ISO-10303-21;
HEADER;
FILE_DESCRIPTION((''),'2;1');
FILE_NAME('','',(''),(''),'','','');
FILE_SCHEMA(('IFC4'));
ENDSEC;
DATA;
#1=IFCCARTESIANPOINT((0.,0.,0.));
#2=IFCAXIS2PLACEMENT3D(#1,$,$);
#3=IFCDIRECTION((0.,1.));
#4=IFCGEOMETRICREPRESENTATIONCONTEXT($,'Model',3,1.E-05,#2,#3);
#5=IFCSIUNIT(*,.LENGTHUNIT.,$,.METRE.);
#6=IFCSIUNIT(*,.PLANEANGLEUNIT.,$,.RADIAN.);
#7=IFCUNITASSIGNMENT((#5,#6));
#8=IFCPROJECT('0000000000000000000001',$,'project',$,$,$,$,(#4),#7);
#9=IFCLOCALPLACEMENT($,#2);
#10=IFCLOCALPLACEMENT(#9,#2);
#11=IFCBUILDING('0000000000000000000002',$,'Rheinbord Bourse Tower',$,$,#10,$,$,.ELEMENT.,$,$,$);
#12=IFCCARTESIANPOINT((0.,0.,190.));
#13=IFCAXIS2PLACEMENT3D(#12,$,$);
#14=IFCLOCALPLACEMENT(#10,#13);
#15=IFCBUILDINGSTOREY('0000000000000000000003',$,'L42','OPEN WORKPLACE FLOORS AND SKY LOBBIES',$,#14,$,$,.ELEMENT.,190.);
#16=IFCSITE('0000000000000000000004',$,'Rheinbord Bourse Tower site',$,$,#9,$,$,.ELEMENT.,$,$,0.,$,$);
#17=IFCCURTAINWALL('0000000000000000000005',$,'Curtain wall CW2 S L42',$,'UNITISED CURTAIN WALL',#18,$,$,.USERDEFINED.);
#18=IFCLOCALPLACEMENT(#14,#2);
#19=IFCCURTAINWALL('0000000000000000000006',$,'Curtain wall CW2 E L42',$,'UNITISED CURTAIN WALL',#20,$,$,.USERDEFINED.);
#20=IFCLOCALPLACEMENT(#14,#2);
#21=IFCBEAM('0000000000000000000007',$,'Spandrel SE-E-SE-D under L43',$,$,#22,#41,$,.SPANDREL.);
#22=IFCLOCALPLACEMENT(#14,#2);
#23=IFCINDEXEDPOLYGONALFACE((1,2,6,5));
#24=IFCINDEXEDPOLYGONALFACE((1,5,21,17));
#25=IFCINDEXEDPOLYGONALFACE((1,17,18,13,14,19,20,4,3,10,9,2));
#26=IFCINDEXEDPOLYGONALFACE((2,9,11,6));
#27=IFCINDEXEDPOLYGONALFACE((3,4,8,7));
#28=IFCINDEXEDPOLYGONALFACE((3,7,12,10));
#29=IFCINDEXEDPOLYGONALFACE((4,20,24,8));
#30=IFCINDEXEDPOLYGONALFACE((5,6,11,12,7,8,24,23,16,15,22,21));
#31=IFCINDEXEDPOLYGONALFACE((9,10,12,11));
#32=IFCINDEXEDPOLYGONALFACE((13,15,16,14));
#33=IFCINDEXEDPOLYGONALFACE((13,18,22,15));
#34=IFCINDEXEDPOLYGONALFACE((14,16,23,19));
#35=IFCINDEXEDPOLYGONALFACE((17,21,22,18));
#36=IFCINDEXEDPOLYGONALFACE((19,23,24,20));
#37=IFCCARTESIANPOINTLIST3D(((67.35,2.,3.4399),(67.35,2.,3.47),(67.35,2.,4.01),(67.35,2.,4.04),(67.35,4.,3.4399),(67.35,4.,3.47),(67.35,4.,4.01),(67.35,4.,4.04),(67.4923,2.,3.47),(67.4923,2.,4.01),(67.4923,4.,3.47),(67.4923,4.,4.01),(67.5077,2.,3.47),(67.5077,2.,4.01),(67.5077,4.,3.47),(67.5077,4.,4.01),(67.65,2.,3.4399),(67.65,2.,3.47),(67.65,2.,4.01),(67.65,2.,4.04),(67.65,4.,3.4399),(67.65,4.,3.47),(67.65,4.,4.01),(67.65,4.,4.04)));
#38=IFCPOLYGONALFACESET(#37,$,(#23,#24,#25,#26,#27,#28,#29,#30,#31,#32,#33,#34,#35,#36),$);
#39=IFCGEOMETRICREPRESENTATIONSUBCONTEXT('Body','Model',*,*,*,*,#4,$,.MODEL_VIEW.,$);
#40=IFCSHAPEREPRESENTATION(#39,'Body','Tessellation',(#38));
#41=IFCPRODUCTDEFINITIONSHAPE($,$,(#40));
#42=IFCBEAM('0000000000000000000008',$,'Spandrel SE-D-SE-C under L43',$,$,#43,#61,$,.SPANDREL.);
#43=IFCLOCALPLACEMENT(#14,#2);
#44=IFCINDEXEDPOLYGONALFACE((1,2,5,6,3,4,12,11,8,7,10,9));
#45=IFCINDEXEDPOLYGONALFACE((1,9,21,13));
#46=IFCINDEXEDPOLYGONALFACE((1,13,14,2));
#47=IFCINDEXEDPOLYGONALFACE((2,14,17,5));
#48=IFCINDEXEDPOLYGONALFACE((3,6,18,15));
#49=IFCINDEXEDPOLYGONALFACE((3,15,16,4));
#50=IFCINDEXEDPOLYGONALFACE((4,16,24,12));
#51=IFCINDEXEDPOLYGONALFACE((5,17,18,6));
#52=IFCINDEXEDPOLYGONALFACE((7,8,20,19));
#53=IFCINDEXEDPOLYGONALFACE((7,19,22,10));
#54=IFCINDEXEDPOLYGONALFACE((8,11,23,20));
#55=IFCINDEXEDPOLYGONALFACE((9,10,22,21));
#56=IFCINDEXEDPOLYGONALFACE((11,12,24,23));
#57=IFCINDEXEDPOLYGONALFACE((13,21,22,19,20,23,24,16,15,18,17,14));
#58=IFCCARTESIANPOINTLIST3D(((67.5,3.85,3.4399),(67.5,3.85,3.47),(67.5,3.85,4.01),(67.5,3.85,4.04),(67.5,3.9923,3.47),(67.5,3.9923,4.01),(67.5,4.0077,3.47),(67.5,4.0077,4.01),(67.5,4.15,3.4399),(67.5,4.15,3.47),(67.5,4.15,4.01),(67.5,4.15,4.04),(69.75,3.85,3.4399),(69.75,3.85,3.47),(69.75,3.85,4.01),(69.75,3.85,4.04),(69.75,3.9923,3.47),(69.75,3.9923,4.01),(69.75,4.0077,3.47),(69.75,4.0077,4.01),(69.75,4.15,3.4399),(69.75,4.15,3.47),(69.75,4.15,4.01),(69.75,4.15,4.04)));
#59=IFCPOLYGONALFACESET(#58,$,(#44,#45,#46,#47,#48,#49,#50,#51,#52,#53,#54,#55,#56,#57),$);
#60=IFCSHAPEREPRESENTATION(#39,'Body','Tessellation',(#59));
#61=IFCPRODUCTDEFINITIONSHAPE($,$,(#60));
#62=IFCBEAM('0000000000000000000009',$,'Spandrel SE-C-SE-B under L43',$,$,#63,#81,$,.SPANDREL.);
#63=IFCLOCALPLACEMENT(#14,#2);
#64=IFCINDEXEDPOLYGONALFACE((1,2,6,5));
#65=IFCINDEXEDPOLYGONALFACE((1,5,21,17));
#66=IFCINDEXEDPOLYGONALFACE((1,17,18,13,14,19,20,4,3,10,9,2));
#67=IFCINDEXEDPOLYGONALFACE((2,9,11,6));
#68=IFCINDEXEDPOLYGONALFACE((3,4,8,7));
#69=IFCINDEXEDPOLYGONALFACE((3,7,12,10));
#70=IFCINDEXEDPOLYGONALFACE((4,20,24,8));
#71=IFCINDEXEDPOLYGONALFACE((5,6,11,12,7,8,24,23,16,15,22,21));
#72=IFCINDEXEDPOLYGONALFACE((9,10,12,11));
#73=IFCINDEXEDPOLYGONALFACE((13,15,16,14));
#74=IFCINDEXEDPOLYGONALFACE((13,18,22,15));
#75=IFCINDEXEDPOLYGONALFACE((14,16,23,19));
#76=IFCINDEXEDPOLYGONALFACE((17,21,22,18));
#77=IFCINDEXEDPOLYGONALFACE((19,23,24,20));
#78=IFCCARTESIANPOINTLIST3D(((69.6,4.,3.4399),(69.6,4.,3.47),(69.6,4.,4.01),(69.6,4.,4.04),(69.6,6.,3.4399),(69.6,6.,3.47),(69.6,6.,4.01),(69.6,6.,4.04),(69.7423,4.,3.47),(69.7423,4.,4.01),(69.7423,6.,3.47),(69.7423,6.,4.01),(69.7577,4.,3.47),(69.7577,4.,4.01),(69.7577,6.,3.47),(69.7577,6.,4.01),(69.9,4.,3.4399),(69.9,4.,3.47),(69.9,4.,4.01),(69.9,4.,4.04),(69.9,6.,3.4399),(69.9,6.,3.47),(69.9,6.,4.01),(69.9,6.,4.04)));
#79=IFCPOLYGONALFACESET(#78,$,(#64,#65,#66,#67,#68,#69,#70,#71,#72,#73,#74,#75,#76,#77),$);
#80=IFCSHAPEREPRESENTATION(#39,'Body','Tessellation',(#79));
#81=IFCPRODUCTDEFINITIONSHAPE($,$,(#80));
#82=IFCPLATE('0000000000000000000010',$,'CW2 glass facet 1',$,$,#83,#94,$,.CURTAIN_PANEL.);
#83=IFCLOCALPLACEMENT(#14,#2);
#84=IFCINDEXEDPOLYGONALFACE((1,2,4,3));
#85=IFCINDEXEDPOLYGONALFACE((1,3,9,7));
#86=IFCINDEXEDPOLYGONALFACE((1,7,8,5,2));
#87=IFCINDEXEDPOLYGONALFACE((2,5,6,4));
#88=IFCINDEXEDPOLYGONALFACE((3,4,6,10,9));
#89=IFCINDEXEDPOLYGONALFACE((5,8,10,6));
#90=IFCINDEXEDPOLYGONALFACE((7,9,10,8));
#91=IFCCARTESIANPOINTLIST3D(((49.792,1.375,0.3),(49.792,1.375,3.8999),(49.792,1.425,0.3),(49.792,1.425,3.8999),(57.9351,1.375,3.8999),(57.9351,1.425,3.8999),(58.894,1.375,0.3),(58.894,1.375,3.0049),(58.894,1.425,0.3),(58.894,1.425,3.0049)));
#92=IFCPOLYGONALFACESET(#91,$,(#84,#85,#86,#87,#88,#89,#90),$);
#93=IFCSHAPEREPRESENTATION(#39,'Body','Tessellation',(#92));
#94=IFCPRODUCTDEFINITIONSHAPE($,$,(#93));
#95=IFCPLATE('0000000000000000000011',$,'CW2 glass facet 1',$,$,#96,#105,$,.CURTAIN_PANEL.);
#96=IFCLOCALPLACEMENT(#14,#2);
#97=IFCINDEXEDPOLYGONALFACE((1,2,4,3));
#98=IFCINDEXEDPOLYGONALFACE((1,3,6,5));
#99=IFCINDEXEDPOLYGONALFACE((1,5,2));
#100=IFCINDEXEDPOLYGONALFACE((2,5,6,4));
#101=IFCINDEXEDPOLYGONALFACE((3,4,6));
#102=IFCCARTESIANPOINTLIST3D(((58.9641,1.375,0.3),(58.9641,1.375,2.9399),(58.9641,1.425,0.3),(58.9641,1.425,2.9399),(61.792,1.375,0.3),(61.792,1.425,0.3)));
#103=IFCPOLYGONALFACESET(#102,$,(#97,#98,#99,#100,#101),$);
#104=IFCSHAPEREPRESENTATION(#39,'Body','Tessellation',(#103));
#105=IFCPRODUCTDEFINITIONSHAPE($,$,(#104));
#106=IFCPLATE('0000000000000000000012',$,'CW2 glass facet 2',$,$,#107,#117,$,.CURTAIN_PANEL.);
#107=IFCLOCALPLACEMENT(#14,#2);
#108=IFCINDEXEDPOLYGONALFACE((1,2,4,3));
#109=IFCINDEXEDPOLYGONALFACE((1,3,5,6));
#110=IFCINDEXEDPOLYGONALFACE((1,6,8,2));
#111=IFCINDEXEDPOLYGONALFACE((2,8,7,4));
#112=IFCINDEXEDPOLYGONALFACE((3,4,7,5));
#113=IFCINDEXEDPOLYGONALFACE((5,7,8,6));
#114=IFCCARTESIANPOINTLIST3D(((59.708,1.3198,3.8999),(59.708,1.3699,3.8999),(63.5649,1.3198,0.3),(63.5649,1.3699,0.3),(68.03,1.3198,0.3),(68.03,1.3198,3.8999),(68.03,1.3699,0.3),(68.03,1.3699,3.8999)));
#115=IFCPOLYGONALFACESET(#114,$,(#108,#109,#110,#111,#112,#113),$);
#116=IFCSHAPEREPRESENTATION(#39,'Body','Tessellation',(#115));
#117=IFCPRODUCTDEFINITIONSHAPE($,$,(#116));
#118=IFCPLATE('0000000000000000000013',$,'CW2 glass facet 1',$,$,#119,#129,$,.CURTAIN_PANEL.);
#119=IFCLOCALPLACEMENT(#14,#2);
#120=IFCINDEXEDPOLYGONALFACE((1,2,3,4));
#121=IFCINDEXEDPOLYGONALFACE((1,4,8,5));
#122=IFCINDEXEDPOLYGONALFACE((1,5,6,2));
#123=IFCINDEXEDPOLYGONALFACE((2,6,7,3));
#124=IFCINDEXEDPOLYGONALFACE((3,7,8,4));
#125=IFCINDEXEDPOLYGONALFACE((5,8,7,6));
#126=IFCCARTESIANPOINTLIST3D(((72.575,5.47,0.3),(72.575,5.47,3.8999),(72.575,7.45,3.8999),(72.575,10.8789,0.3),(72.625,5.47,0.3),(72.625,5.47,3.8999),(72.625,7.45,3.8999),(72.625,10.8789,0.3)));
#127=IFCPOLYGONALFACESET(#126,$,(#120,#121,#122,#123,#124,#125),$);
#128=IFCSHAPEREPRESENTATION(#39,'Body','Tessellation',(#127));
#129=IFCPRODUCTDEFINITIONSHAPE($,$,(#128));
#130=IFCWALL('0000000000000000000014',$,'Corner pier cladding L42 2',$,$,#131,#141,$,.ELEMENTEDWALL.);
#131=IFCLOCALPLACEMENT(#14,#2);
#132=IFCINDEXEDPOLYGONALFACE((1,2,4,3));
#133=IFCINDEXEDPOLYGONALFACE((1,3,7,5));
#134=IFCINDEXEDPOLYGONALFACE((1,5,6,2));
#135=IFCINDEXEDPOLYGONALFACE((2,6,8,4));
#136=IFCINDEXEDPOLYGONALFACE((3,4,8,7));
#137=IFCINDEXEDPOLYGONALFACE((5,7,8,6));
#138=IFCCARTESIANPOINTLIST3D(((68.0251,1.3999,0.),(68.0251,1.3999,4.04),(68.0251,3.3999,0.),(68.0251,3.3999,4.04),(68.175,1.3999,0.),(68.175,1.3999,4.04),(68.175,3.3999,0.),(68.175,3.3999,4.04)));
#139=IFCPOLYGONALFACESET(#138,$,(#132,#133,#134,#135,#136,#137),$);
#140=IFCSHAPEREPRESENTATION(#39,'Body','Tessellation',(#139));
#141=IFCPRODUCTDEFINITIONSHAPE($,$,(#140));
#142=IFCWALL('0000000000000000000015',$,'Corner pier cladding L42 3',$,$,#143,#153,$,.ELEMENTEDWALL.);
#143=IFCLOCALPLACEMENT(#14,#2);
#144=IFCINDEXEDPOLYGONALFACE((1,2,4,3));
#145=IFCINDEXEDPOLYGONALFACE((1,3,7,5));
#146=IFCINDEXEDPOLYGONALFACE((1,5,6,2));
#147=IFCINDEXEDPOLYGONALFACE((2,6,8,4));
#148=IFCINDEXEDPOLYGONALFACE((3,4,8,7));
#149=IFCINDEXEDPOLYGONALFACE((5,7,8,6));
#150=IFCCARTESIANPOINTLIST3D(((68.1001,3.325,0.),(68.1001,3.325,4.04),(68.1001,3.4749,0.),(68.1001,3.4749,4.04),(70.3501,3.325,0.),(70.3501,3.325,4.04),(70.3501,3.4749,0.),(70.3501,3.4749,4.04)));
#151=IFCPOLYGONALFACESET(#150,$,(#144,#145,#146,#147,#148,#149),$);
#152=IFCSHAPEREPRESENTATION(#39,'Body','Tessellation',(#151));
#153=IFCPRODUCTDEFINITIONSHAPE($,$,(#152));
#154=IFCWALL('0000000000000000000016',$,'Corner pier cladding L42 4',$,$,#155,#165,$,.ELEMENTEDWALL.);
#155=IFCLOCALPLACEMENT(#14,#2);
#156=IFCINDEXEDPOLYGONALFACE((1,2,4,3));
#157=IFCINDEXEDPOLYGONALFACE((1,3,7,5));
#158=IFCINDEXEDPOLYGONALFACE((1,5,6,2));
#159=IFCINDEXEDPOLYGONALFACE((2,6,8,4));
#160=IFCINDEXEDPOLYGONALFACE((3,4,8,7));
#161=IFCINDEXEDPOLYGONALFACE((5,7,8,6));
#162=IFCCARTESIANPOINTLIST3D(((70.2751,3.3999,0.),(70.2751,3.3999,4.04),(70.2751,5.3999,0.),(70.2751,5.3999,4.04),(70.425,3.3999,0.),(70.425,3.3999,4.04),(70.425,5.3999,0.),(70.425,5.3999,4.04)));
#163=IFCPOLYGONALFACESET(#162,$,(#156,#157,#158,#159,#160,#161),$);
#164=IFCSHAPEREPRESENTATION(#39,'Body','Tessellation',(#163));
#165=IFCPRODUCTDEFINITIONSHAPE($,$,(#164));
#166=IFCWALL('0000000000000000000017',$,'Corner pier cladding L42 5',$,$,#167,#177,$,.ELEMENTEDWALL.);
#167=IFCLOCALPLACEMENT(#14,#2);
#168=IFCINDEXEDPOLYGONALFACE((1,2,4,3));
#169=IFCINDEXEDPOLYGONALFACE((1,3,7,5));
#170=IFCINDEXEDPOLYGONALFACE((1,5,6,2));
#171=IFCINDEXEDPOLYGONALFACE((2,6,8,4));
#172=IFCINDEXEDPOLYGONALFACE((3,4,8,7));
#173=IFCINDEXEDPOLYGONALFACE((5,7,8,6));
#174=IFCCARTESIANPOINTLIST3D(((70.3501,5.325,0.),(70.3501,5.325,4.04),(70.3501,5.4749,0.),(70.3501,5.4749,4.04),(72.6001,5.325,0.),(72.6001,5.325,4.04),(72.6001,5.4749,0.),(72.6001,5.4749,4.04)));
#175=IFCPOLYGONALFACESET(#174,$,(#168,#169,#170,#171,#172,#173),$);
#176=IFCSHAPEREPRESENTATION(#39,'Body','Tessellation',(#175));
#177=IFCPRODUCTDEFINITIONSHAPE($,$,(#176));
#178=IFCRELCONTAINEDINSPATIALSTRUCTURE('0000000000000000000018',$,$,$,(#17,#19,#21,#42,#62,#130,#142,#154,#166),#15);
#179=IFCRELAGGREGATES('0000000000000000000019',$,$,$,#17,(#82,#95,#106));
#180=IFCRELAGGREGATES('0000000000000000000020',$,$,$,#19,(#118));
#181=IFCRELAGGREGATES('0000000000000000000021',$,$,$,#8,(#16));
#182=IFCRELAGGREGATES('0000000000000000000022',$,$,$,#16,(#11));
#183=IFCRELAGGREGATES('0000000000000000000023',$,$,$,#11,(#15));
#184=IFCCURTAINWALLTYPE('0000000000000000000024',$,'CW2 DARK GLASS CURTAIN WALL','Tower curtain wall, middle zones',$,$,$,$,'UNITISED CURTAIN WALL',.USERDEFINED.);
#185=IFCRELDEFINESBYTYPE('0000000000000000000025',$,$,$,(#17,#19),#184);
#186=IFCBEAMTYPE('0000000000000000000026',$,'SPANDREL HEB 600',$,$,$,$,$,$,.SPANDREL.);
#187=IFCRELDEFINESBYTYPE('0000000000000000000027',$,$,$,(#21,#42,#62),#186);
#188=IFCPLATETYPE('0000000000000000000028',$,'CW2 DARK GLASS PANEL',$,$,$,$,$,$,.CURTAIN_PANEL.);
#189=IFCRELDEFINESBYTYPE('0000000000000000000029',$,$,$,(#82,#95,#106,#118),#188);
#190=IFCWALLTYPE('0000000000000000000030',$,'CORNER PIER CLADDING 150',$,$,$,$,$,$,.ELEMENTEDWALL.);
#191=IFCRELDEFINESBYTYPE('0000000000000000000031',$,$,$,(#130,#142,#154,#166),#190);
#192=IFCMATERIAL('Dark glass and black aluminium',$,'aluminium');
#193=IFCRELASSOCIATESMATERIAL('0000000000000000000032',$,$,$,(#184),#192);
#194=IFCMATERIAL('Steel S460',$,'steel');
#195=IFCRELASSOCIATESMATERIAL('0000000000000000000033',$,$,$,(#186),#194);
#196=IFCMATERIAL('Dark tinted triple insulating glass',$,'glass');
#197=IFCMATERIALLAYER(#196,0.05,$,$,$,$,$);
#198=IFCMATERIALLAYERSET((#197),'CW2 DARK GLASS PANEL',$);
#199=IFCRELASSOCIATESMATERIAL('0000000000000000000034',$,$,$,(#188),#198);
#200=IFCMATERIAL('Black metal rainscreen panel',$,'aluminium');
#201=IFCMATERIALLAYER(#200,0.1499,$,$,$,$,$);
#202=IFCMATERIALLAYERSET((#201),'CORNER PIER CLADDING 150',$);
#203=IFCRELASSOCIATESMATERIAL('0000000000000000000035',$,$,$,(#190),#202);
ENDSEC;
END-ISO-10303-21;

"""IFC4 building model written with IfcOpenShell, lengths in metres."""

from ifc_helpers import new_model, si_unit, direction, frame, frame_2d, origin, origin_2d, place, context, subcontext, project, spatial, polyline, rectangle, i_section, outline, extrude, material, layer, layer_set, material_profile, profile_set, type_object, element, aggregate, save


model = new_model("IFC4")

# Units and contexts
model_context = context("Model", 3, precision=1e-05, world=origin(), true_north=direction((0.0, 1.0)))
body_context = subcontext(model_context, "Body", "Model", "MODEL_VIEW")
ifc_project = project(units=[si_unit("LENGTHUNIT", "METRE"), si_unit("PLANEANGLEUNIT", "RADIAN")], contexts=[model_context])

# Site, building, storey
site_placement = place(None, origin())
site = spatial("IfcSite", under=ifc_project, at=site_placement, Name="Rheinbord Bourse Tower site", CompositionType="ELEMENT", RefElevation=0.0)
building_placement = place(site_placement, origin())
building = spatial("IfcBuilding", under=site, at=building_placement, Name="Rheinbord Bourse Tower", CompositionType="ELEMENT")
storey_placement = place(building_placement, frame((0.0, 0.0, 190.0)))
storey = spatial("IfcBuildingStorey", under=building, at=storey_placement, Name="L42", Description="OPEN WORKPLACE FLOORS AND SKY LOBBIES", CompositionType="ELEMENT", Elevation=190.0)

# Curtain wall
ifc_material_1 = material(Name="Dark glass and black aluminium", Category="aluminium")
curtain_wall_type = type_object("IfcCurtainWallType", Name="CW2 DARK GLASS CURTAIN WALL", Description="Tower curtain wall, middle zones", ElementType="UNITISED CURTAIN WALL", PredefinedType="USERDEFINED", material=ifc_material_1)
curtain_wall_1_placement = place(storey_placement, origin())
curtain_wall_1 = element("IfcCurtainWall", 1, at=curtain_wall_1_placement, inside=storey, type_object=curtain_wall_type, Name="Curtain wall CW2 S L42", ObjectType="UNITISED CURTAIN WALL", PredefinedType="USERDEFINED")

# Curtain wall
curtain_wall_2_placement = place(storey_placement, origin())
curtain_wall_2 = element("IfcCurtainWall", 2, at=curtain_wall_2_placement, inside=storey, type_object=curtain_wall_type, Name="Curtain wall CW2 E L42", ObjectType="UNITISED CURTAIN WALL", PredefinedType="USERDEFINED")

# Beams
ifc_material_2 = material(Name="Steel S460", Category="steel")
ifc_material_profile_1 = material_profile(ifc_material_2, i_section(OverallWidth=0.3, OverallDepth=0.6001, WebThickness=0.0154, FlangeThickness=0.03, at=origin_2d()), Name="HEB 600")
ifc_profile_set_1 = profile_set([ifc_material_profile_1], Name="Steel S460")
beam_type_1 = type_object("IfcBeamType", Name="SPANDREL HEB 600", PredefinedType="SPANDREL", material=ifc_profile_set_1)
beam_1_placement = place(storey_placement, frame((67.5, 2.0, 3.74), z_axis=(0.0, 1.0, 0.0), x_axis=(-1.0, 0.0, 0.0)))
element("IfcBeam", 3, at=beam_1_placement, inside=storey, type_object=beam_type_1, Name="Spandrel SE-E-SE-D under L43", PredefinedType="SPANDREL", context=body_context, shape_type="SweptSolid", body=[
    extrude(i_section(OverallWidth=0.3, OverallDepth=0.6001, WebThickness=0.0154, FlangeThickness=0.03, at=origin_2d()), origin(), (0.0, 0.0, 1.0), 2.0),
])
beam_2_placement = place(storey_placement, frame((67.5, 4.0, 3.74), z_axis=(1.0, 0.0, 0.0), x_axis=(0.0, 1.0, 0.0)))
element("IfcBeam", 4, at=beam_2_placement, inside=storey, type_object=beam_type_1, Name="Spandrel SE-D-SE-C under L43", PredefinedType="SPANDREL", context=body_context, shape_type="SweptSolid", body=[
    extrude(i_section(OverallWidth=0.3, OverallDepth=0.6001, WebThickness=0.0154, FlangeThickness=0.03, at=origin_2d()), origin(), (0.0, 0.0, 1.0), 2.25),
])
beam_3_placement = place(storey_placement, frame((69.75, 4.0, 3.74), z_axis=(0.0, 1.0, 0.0), x_axis=(-1.0, 0.0, 0.0)))
element("IfcBeam", 5, at=beam_3_placement, inside=storey, type_object=beam_type_1, Name="Spandrel SE-C-SE-B under L43", PredefinedType="SPANDREL", context=body_context, shape_type="SweptSolid", body=[
    extrude(i_section(OverallWidth=0.3, OverallDepth=0.6001, WebThickness=0.0154, FlangeThickness=0.03, at=origin_2d()), origin(), (0.0, 0.0, 1.0), 2.0),
])

# Plates
ifc_material_3 = material(Name="Dark tinted triple insulating glass", Category="glass")
ifc_layer_1 = layer(ifc_material_3, 0.05)
ifc_layer_set_1 = layer_set([ifc_layer_1], Name="CW2 DARK GLASS PANEL")
plate_type = type_object("IfcPlateType", Name="CW2 DARK GLASS PANEL", PredefinedType="CURTAIN_PANEL", material=ifc_layer_set_1)
plate_1_placement = place(storey_placement, frame((58.894, 1.375, 0.3), z_axis=(0.0, 1.0, 0.0), x_axis=(-1.0, 0.0, 0.0)))
plate_1 = element("IfcPlate", 6, at=plate_1_placement, type_object=plate_type, Name="CW2 glass facet 1", PredefinedType="CURTAIN_PANEL", context=body_context, shape_type="SweptSolid", body=[
    extrude(outline(polyline([(0.0, 0.0), (9.1021, 0.0), (9.1021, 3.5999), (0.959, 3.5999), (0.0, 2.7048), (0.0, 0.0)])), origin(), (0.0, 0.0, 1.0), 0.05),
])
plate_2_placement = place(storey_placement, frame((58.9641, 1.375, 0.3), z_axis=(0.0, 1.0, 0.0), x_axis=(0.0, 0.0, 1.0)))
plate_2 = element("IfcPlate", 7, at=plate_2_placement, type_object=plate_type, Name="CW2 glass facet 1", PredefinedType="CURTAIN_PANEL", context=body_context, shape_type="SweptSolid", body=[
    extrude(outline(polyline([(0.0, 0.0), (2.6399, 0.0), (0.0, 2.8279), (0.0, 0.0)])), origin(), (0.0, 0.0, 1.0), 0.05),
])
plate_3_placement = place(storey_placement, frame((68.03, 1.3198, 3.8999), z_axis=(0.0, 1.0, 0.0), x_axis=(0.0, 0.0, -1.0)))
plate_3 = element("IfcPlate", 8, at=plate_3_placement, type_object=plate_type, Name="CW2 glass facet 2", PredefinedType="CURTAIN_PANEL", context=body_context, shape_type="SweptSolid", body=[
    extrude(outline(polyline([(0.0, 0.0), (3.5999, 0.0), (3.5999, 4.4651), (0.0, 8.322), (0.0, 0.0)])), origin(), (0.0, 0.0, 1.0), 0.05),
])
aggregate(curtain_wall_1, [plate_1, plate_2, plate_3])
plate_4_placement = place(storey_placement, frame((72.625, 5.47, 0.3), z_axis=(-1.0, 0.0, 0.0), x_axis=(0.0, 0.0, 1.0)))
plate_4 = element("IfcPlate", 9, at=plate_4_placement, type_object=plate_type, Name="CW2 glass facet 1", PredefinedType="CURTAIN_PANEL", context=body_context, shape_type="SweptSolid", body=[
    extrude(outline(polyline([(0.0, 0.0), (3.5999, 0.0), (3.5999, 1.98), (0.0, 5.4089), (0.0, 0.0)])), origin(), (0.0, 0.0, 1.0), 0.05),
])
aggregate(curtain_wall_2, [plate_4])

# Walls
ifc_material_4 = material(Name="Black metal rainscreen panel", Category="aluminium")
ifc_layer_2 = layer(ifc_material_4, 0.1499)
ifc_layer_set_2 = layer_set([ifc_layer_2], Name="CORNER PIER CLADDING 150")
wall_type = type_object("IfcWallType", Name="CORNER PIER CLADDING 150", PredefinedType="ELEMENTEDWALL", material=ifc_layer_set_2)
wall_1_placement = place(storey_placement, frame((68.1001, 1.3999, 0.0), z_axis=(0.0, 0.0, 1.0), x_axis=(0.0, 1.0, 0.0)))
element("IfcWall", 10, at=wall_1_placement, inside=storey, type_object=wall_type, Name="Corner pier cladding L42 2", PredefinedType="ELEMENTEDWALL", context=body_context, shape_type="SweptSolid", body=[
    extrude(rectangle(XDim=2.0, YDim=0.1499, at=frame_2d((1.0, 0.0))), origin(), (0.0, 0.0, 1.0), 4.04),
])
wall_2_placement = place(storey_placement, frame((68.1001, 3.3999, 0.0), z_axis=(0.0, 0.0, 1.0), x_axis=(1.0, 0.0, 0.0)))
element("IfcWall", 11, at=wall_2_placement, inside=storey, type_object=wall_type, Name="Corner pier cladding L42 3", PredefinedType="ELEMENTEDWALL", context=body_context, shape_type="SweptSolid", body=[
    extrude(rectangle(XDim=2.25, YDim=0.1499, at=frame_2d((1.125, 0.0))), origin(), (0.0, 0.0, 1.0), 4.04),
])
wall_3_placement = place(storey_placement, frame((70.3501, 3.3999, 0.0), z_axis=(0.0, 0.0, 1.0), x_axis=(0.0, 1.0, 0.0)))
element("IfcWall", 12, at=wall_3_placement, inside=storey, type_object=wall_type, Name="Corner pier cladding L42 4", PredefinedType="ELEMENTEDWALL", context=body_context, shape_type="SweptSolid", body=[
    extrude(rectangle(XDim=2.0, YDim=0.1499, at=frame_2d((1.0, 0.0))), origin(), (0.0, 0.0, 1.0), 4.04),
])
wall_4_placement = place(storey_placement, frame((70.3501, 5.3999, 0.0), z_axis=(0.0, 0.0, 1.0), x_axis=(1.0, 0.0, 0.0)))
element("IfcWall", 13, at=wall_4_placement, inside=storey, type_object=wall_type, Name="Corner pier cladding L42 5", PredefinedType="ELEMENTEDWALL", context=body_context, shape_type="SweptSolid", body=[
    extrude(rectangle(XDim=2.25, YDim=0.1499, at=frame_2d((1.125, 0.0))), origin(), (0.0, 0.0, 1.0), 4.04),
])

save(model, "model.ifc")
